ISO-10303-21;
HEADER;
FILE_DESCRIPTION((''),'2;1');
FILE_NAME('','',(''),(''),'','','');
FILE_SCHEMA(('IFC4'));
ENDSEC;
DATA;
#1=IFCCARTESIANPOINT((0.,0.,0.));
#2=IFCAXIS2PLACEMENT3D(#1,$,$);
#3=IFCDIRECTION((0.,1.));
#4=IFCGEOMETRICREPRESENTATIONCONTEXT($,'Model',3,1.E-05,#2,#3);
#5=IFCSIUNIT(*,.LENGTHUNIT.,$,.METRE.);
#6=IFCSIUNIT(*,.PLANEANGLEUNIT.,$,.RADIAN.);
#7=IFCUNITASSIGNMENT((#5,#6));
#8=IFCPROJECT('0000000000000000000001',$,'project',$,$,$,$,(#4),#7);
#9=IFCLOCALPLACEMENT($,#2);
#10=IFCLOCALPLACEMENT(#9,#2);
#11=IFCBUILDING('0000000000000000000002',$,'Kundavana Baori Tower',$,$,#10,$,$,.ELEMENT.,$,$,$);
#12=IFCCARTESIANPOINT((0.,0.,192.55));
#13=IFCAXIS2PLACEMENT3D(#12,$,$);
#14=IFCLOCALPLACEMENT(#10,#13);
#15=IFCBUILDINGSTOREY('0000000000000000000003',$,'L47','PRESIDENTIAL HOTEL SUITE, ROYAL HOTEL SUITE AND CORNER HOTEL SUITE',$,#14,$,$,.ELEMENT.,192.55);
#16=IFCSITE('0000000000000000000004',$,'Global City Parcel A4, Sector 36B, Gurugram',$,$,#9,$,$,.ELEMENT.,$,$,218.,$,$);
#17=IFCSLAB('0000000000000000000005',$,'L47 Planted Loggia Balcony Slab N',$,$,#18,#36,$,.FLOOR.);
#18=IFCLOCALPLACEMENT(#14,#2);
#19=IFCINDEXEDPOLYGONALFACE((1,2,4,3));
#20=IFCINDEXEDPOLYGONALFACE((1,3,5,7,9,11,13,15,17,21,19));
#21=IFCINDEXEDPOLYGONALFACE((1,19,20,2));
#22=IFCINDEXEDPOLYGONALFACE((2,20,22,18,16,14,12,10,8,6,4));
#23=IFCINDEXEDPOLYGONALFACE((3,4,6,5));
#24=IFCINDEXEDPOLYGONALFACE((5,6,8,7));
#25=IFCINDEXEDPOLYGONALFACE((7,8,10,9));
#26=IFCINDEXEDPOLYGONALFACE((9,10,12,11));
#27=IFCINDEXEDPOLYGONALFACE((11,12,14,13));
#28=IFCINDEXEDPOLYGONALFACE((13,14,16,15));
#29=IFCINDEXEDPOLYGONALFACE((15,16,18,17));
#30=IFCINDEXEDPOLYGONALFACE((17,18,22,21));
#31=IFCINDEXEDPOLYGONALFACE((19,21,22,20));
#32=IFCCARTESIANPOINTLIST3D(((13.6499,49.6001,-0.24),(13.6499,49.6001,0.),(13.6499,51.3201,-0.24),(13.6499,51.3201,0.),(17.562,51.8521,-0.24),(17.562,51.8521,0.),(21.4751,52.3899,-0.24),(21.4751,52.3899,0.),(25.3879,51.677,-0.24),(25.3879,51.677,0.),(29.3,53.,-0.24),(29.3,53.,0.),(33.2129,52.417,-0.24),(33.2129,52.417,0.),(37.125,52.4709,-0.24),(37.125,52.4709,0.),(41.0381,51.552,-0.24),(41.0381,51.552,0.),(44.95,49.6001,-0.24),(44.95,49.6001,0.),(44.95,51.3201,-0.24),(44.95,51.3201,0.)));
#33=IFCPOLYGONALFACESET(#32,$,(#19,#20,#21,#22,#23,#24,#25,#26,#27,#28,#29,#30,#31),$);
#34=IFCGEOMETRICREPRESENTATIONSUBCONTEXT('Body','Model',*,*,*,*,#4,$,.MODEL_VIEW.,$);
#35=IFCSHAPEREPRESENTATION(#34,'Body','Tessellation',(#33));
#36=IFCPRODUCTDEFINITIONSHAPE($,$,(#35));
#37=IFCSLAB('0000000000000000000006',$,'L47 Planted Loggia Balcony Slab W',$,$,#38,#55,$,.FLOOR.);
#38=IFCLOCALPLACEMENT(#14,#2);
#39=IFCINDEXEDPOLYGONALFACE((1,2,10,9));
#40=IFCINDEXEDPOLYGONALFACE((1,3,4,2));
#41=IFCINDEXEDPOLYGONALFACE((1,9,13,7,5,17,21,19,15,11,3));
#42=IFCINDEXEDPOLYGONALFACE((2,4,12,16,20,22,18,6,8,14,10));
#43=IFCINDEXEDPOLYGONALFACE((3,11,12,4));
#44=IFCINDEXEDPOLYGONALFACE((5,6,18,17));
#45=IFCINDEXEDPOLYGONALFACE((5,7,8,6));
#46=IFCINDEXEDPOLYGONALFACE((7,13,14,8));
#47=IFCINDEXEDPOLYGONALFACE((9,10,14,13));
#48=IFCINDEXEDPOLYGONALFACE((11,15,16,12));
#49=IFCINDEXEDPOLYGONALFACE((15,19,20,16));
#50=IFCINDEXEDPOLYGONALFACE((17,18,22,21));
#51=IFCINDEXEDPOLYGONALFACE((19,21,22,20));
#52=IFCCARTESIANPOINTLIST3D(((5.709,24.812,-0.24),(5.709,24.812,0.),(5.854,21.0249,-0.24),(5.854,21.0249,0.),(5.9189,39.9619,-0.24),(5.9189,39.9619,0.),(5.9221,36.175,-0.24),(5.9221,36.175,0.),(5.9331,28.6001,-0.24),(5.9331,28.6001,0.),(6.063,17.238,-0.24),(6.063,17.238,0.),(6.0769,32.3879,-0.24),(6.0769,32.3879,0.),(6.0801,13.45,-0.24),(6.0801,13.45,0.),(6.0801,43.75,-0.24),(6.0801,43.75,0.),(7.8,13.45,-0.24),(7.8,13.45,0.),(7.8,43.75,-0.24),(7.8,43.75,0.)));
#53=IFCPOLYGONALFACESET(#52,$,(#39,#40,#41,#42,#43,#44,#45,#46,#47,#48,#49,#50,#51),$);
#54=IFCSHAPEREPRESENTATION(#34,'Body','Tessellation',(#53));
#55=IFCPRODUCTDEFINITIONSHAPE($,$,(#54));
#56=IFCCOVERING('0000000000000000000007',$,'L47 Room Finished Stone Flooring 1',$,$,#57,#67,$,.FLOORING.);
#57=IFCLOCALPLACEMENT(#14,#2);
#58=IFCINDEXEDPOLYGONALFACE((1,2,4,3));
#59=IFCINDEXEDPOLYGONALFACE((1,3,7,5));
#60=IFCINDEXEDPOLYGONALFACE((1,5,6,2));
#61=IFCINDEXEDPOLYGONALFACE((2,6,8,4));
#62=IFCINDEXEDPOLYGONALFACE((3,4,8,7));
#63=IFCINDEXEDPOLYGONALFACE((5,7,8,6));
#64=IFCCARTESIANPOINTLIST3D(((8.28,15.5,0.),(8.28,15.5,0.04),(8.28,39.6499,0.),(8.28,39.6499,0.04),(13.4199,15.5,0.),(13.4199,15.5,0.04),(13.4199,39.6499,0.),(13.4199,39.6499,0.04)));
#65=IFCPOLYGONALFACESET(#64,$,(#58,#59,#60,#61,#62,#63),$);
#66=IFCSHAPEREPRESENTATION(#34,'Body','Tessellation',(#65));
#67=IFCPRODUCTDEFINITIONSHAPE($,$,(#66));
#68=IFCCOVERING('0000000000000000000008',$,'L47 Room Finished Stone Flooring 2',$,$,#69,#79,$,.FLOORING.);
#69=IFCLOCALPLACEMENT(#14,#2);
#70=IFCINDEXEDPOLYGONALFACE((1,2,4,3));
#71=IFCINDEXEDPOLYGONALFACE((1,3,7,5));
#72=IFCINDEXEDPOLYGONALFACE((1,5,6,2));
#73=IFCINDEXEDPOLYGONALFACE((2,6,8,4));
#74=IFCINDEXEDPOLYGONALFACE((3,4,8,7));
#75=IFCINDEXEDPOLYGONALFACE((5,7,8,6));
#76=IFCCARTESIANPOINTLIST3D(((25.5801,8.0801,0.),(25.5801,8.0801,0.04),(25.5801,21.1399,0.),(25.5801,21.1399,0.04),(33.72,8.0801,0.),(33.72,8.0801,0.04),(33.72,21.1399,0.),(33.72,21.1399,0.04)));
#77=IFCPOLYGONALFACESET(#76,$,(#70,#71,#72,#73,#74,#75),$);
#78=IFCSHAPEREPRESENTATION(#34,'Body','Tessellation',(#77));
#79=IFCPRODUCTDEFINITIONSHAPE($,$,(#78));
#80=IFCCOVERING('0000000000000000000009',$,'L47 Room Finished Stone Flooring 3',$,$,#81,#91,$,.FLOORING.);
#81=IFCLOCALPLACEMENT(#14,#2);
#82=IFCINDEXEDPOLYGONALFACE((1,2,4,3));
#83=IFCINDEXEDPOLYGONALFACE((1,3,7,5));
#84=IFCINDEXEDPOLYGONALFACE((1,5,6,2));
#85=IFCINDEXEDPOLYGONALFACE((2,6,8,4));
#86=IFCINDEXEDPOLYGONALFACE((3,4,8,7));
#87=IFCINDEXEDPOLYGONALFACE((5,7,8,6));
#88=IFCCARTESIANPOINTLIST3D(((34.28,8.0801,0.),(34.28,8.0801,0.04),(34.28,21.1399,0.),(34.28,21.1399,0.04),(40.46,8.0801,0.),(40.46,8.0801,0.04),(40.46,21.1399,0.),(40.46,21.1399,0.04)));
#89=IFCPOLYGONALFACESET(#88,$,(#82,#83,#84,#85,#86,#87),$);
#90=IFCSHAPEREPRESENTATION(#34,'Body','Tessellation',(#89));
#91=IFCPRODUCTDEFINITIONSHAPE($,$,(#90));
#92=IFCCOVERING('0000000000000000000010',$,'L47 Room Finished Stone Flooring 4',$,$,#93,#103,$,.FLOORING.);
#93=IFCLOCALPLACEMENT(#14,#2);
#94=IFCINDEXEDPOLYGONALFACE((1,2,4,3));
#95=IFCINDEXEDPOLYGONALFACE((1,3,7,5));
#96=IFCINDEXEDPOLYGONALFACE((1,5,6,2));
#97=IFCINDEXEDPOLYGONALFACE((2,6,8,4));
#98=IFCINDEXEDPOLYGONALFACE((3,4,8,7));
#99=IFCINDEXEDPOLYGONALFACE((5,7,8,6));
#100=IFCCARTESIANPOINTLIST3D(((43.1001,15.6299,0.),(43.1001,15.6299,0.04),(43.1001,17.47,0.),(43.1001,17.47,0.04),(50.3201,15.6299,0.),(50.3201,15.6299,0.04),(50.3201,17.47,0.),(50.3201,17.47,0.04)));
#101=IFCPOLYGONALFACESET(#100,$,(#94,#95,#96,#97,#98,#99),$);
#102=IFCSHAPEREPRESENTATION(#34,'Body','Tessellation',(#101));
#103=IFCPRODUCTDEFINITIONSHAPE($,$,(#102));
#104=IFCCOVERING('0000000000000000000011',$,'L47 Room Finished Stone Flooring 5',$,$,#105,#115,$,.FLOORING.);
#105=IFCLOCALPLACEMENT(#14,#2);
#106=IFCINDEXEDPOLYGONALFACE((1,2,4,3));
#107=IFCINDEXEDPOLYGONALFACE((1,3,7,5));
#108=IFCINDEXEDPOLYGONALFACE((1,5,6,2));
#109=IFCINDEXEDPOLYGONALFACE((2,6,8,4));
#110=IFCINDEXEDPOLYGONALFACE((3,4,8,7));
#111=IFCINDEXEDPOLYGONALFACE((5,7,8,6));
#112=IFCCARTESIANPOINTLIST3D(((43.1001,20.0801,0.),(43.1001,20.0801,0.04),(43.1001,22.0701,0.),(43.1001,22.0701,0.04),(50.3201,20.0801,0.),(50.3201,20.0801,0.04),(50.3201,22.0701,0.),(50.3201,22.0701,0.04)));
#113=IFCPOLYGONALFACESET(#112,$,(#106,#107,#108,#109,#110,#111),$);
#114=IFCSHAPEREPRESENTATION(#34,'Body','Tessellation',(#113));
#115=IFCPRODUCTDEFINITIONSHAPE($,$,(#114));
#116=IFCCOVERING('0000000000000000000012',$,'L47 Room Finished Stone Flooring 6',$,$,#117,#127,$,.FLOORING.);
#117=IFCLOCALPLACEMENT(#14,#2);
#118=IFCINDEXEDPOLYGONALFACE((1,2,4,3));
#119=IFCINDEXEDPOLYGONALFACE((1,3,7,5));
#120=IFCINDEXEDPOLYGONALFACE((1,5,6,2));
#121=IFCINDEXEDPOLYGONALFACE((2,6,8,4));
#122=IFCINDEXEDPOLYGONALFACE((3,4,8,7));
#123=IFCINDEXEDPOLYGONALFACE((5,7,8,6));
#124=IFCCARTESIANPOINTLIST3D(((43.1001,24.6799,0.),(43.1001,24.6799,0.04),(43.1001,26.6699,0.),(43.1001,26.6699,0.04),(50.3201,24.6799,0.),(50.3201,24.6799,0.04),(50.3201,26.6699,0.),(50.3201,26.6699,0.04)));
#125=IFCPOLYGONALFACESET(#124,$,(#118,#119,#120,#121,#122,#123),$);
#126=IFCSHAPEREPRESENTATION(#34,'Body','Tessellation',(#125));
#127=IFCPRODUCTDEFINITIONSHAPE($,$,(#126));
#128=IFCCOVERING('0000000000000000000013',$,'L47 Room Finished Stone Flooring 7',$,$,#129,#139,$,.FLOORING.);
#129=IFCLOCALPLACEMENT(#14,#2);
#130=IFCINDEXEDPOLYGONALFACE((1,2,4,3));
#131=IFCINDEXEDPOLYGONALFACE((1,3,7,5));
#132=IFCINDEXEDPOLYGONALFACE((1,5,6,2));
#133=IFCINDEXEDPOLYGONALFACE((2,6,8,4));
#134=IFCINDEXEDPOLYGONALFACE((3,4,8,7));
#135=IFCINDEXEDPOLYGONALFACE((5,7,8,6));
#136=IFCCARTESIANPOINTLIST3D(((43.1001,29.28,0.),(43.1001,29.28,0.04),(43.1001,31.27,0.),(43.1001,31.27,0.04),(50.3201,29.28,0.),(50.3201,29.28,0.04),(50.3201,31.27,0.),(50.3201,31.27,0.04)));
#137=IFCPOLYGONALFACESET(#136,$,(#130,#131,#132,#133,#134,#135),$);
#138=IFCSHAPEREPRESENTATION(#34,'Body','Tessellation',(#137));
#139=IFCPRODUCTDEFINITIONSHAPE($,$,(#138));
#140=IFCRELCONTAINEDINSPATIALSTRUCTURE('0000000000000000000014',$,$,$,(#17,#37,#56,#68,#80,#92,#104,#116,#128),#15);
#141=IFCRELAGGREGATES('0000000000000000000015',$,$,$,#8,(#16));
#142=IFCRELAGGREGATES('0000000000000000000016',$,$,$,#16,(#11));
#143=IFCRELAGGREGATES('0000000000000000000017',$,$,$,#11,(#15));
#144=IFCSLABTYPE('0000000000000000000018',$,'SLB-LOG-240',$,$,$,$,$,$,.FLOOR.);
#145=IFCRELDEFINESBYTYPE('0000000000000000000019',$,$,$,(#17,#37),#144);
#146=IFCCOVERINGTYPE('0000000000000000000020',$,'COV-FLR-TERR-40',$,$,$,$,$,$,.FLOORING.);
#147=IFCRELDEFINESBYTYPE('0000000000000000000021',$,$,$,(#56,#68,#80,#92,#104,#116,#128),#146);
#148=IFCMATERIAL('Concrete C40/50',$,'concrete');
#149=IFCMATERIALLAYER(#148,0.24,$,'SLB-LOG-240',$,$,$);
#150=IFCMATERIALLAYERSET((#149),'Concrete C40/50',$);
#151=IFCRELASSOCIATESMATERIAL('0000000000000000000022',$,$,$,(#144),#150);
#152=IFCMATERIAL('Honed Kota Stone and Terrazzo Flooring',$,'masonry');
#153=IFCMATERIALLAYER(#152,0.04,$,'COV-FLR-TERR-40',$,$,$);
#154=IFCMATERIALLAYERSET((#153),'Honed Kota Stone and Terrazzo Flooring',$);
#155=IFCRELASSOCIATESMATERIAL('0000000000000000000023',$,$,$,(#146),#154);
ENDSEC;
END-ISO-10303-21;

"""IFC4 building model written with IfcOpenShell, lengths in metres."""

from ifc_helpers import new_model, si_unit, direction, frame, origin, place, context, subcontext, project, spatial, polyline, outline, extrude, material, layer, layer_set, type_object, element, save


model = new_model("IFC4")

# Units and contexts
model_context = context("Model", 3, precision=1e-05, world=origin(), true_north=direction((0.0, 1.0)))
body_context = subcontext(model_context, "Body", "Model", "MODEL_VIEW")
ifc_project = project(units=[si_unit("LENGTHUNIT", "METRE"), si_unit("PLANEANGLEUNIT", "RADIAN")], contexts=[model_context])

# Site, building, storey
site_placement = place(None, origin())
site = spatial("IfcSite", under=ifc_project, at=site_placement, Name="Global City Parcel A4, Sector 36B, Gurugram", CompositionType="ELEMENT", RefElevation=218.0)
building_placement = place(site_placement, origin())
building = spatial("IfcBuilding", under=site, at=building_placement, Name="Kundavana Baori Tower", CompositionType="ELEMENT")
storey_placement = place(building_placement, frame((0.0, 0.0, 192.55)))
storey = spatial("IfcBuildingStorey", under=building, at=storey_placement, Name="L47", Description="PRESIDENTIAL HOTEL SUITE, ROYAL HOTEL SUITE AND CORNER HOTEL SUITE", CompositionType="ELEMENT", Elevation=192.55)

# Slabs
ifc_material_1 = material(Name="Concrete C40/50", Category="concrete")
ifc_layer_1 = layer(ifc_material_1, 0.24, Name="SLB-LOG-240")
ifc_layer_set_1 = layer_set([ifc_layer_1], Name="Concrete C40/50")
slab_type_1 = type_object("IfcSlabType", Name="SLB-LOG-240", PredefinedType="FLOOR", material=ifc_layer_set_1)
slab_1_placement = place(storey_placement, frame((0.0, 0.0, -0.24)))
element("IfcSlab", 1, at=slab_1_placement, inside=storey, type_object=slab_type_1, Name="L47 Planted Loggia Balcony Slab N", PredefinedType="FLOOR", context=body_context, shape_type="SweptSolid", body=[
    extrude(outline(polyline([(44.95, 49.6001), (13.6499, 49.6001), (13.6499, 51.3201), (17.562, 51.8521), (21.4751, 52.3899), (25.3879, 51.677), (29.3, 53.0), (33.2129, 52.417), (37.125, 52.4709), (41.0381, 51.552), (44.95, 51.3201), (44.95, 49.6001)])), origin(), (0.0, 0.0, 1.0), 0.24),
])
slab_2_placement = place(storey_placement, frame((0.0, 0.0, -0.24)))
element("IfcSlab", 2, at=slab_2_placement, inside=storey, type_object=slab_type_1, Name="L47 Planted Loggia Balcony Slab W", PredefinedType="FLOOR", context=body_context, shape_type="SweptSolid", body=[
    extrude(outline(polyline([(7.8, 43.75), (7.8, 13.45), (6.0801, 13.45), (6.063, 17.238), (5.854, 21.0249), (5.709, 24.812), (5.9331, 28.6001), (6.0769, 32.3879), (5.9221, 36.175), (5.9189, 39.9619), (6.0801, 43.75), (7.8, 43.75)])), origin(), (0.0, 0.0, 1.0), 0.24),
])

# Coverings
ifc_material_2 = material(Name="Honed Kota Stone and Terrazzo Flooring", Category="masonry")
ifc_layer_2 = layer(ifc_material_2, 0.04, Name="COV-FLR-TERR-40")
ifc_layer_set_2 = layer_set([ifc_layer_2], Name="Honed Kota Stone and Terrazzo Flooring")
covering_type = type_object("IfcCoveringType", Name="COV-FLR-TERR-40", PredefinedType="FLOORING", material=ifc_layer_set_2)
covering_1_placement = place(storey_placement, origin())
element("IfcCovering", 3, at=covering_1_placement, inside=storey, type_object=covering_type, Name="L47 Room Finished Stone Flooring 1", PredefinedType="FLOORING", context=body_context, shape_type="SweptSolid", body=[
    extrude(outline(polyline([(8.28, 15.5), (13.4199, 15.5), (13.4199, 39.6499), (8.28, 39.6499), (8.28, 15.5)])), origin(), (0.0, 0.0, 1.0), 0.04),
])
covering_2_placement = place(storey_placement, origin())
element("IfcCovering", 4, at=covering_2_placement, inside=storey, type_object=covering_type, Name="L47 Room Finished Stone Flooring 2", PredefinedType="FLOORING", context=body_context, shape_type="SweptSolid", body=[
    extrude(outline(polyline([(25.5801, 8.0801), (33.72, 8.0801), (33.72, 21.1399), (25.5801, 21.1399), (25.5801, 8.0801)])), origin(), (0.0, 0.0, 1.0), 0.04),
])
covering_3_placement = place(storey_placement, origin())
element("IfcCovering", 5, at=covering_3_placement, inside=storey, type_object=covering_type, Name="L47 Room Finished Stone Flooring 3", PredefinedType="FLOORING", context=body_context, shape_type="SweptSolid", body=[
    extrude(outline(polyline([(34.28, 8.0801), (40.46, 8.0801), (40.46, 21.1399), (34.28, 21.1399), (34.28, 8.0801)])), origin(), (0.0, 0.0, 1.0), 0.04),
])
covering_4_placement = place(storey_placement, origin())
element("IfcCovering", 6, at=covering_4_placement, inside=storey, type_object=covering_type, Name="L47 Room Finished Stone Flooring 4", PredefinedType="FLOORING", context=body_context, shape_type="SweptSolid", body=[
    extrude(outline(polyline([(43.1001, 15.6299), (50.3201, 15.6299), (50.3201, 17.47), (43.1001, 17.47), (43.1001, 15.6299)])), origin(), (0.0, 0.0, 1.0), 0.04),
])
covering_5_placement = place(storey_placement, origin())
element("IfcCovering", 7, at=covering_5_placement, inside=storey, type_object=covering_type, Name="L47 Room Finished Stone Flooring 5", PredefinedType="FLOORING", context=body_context, shape_type="SweptSolid", body=[
    extrude(outline(polyline([(43.1001, 20.0801), (50.3201, 20.0801), (50.3201, 22.0701), (43.1001, 22.0701), (43.1001, 20.0801)])), origin(), (0.0, 0.0, 1.0), 0.04),
])
covering_6_placement = place(storey_placement, origin())
element("IfcCovering", 8, at=covering_6_placement, inside=storey, type_object=covering_type, Name="L47 Room Finished Stone Flooring 6", PredefinedType="FLOORING", context=body_context, shape_type="SweptSolid", body=[
    extrude(outline(polyline([(43.1001, 24.6799), (50.3201, 24.6799), (50.3201, 26.6699), (43.1001, 26.6699), (43.1001, 24.6799)])), origin(), (0.0, 0.0, 1.0), 0.04),
])
covering_7_placement = place(storey_placement, origin())
element("IfcCovering", 9, at=covering_7_placement, inside=storey, type_object=covering_type, Name="L47 Room Finished Stone Flooring 7", PredefinedType="FLOORING", context=body_context, shape_type="SweptSolid", body=[
    extrude(outline(polyline([(43.1001, 29.28), (50.3201, 29.28), (50.3201, 31.27), (43.1001, 31.27), (43.1001, 29.28)])), origin(), (0.0, 0.0, 1.0), 0.04),
])

save(model, "model.ifc")
